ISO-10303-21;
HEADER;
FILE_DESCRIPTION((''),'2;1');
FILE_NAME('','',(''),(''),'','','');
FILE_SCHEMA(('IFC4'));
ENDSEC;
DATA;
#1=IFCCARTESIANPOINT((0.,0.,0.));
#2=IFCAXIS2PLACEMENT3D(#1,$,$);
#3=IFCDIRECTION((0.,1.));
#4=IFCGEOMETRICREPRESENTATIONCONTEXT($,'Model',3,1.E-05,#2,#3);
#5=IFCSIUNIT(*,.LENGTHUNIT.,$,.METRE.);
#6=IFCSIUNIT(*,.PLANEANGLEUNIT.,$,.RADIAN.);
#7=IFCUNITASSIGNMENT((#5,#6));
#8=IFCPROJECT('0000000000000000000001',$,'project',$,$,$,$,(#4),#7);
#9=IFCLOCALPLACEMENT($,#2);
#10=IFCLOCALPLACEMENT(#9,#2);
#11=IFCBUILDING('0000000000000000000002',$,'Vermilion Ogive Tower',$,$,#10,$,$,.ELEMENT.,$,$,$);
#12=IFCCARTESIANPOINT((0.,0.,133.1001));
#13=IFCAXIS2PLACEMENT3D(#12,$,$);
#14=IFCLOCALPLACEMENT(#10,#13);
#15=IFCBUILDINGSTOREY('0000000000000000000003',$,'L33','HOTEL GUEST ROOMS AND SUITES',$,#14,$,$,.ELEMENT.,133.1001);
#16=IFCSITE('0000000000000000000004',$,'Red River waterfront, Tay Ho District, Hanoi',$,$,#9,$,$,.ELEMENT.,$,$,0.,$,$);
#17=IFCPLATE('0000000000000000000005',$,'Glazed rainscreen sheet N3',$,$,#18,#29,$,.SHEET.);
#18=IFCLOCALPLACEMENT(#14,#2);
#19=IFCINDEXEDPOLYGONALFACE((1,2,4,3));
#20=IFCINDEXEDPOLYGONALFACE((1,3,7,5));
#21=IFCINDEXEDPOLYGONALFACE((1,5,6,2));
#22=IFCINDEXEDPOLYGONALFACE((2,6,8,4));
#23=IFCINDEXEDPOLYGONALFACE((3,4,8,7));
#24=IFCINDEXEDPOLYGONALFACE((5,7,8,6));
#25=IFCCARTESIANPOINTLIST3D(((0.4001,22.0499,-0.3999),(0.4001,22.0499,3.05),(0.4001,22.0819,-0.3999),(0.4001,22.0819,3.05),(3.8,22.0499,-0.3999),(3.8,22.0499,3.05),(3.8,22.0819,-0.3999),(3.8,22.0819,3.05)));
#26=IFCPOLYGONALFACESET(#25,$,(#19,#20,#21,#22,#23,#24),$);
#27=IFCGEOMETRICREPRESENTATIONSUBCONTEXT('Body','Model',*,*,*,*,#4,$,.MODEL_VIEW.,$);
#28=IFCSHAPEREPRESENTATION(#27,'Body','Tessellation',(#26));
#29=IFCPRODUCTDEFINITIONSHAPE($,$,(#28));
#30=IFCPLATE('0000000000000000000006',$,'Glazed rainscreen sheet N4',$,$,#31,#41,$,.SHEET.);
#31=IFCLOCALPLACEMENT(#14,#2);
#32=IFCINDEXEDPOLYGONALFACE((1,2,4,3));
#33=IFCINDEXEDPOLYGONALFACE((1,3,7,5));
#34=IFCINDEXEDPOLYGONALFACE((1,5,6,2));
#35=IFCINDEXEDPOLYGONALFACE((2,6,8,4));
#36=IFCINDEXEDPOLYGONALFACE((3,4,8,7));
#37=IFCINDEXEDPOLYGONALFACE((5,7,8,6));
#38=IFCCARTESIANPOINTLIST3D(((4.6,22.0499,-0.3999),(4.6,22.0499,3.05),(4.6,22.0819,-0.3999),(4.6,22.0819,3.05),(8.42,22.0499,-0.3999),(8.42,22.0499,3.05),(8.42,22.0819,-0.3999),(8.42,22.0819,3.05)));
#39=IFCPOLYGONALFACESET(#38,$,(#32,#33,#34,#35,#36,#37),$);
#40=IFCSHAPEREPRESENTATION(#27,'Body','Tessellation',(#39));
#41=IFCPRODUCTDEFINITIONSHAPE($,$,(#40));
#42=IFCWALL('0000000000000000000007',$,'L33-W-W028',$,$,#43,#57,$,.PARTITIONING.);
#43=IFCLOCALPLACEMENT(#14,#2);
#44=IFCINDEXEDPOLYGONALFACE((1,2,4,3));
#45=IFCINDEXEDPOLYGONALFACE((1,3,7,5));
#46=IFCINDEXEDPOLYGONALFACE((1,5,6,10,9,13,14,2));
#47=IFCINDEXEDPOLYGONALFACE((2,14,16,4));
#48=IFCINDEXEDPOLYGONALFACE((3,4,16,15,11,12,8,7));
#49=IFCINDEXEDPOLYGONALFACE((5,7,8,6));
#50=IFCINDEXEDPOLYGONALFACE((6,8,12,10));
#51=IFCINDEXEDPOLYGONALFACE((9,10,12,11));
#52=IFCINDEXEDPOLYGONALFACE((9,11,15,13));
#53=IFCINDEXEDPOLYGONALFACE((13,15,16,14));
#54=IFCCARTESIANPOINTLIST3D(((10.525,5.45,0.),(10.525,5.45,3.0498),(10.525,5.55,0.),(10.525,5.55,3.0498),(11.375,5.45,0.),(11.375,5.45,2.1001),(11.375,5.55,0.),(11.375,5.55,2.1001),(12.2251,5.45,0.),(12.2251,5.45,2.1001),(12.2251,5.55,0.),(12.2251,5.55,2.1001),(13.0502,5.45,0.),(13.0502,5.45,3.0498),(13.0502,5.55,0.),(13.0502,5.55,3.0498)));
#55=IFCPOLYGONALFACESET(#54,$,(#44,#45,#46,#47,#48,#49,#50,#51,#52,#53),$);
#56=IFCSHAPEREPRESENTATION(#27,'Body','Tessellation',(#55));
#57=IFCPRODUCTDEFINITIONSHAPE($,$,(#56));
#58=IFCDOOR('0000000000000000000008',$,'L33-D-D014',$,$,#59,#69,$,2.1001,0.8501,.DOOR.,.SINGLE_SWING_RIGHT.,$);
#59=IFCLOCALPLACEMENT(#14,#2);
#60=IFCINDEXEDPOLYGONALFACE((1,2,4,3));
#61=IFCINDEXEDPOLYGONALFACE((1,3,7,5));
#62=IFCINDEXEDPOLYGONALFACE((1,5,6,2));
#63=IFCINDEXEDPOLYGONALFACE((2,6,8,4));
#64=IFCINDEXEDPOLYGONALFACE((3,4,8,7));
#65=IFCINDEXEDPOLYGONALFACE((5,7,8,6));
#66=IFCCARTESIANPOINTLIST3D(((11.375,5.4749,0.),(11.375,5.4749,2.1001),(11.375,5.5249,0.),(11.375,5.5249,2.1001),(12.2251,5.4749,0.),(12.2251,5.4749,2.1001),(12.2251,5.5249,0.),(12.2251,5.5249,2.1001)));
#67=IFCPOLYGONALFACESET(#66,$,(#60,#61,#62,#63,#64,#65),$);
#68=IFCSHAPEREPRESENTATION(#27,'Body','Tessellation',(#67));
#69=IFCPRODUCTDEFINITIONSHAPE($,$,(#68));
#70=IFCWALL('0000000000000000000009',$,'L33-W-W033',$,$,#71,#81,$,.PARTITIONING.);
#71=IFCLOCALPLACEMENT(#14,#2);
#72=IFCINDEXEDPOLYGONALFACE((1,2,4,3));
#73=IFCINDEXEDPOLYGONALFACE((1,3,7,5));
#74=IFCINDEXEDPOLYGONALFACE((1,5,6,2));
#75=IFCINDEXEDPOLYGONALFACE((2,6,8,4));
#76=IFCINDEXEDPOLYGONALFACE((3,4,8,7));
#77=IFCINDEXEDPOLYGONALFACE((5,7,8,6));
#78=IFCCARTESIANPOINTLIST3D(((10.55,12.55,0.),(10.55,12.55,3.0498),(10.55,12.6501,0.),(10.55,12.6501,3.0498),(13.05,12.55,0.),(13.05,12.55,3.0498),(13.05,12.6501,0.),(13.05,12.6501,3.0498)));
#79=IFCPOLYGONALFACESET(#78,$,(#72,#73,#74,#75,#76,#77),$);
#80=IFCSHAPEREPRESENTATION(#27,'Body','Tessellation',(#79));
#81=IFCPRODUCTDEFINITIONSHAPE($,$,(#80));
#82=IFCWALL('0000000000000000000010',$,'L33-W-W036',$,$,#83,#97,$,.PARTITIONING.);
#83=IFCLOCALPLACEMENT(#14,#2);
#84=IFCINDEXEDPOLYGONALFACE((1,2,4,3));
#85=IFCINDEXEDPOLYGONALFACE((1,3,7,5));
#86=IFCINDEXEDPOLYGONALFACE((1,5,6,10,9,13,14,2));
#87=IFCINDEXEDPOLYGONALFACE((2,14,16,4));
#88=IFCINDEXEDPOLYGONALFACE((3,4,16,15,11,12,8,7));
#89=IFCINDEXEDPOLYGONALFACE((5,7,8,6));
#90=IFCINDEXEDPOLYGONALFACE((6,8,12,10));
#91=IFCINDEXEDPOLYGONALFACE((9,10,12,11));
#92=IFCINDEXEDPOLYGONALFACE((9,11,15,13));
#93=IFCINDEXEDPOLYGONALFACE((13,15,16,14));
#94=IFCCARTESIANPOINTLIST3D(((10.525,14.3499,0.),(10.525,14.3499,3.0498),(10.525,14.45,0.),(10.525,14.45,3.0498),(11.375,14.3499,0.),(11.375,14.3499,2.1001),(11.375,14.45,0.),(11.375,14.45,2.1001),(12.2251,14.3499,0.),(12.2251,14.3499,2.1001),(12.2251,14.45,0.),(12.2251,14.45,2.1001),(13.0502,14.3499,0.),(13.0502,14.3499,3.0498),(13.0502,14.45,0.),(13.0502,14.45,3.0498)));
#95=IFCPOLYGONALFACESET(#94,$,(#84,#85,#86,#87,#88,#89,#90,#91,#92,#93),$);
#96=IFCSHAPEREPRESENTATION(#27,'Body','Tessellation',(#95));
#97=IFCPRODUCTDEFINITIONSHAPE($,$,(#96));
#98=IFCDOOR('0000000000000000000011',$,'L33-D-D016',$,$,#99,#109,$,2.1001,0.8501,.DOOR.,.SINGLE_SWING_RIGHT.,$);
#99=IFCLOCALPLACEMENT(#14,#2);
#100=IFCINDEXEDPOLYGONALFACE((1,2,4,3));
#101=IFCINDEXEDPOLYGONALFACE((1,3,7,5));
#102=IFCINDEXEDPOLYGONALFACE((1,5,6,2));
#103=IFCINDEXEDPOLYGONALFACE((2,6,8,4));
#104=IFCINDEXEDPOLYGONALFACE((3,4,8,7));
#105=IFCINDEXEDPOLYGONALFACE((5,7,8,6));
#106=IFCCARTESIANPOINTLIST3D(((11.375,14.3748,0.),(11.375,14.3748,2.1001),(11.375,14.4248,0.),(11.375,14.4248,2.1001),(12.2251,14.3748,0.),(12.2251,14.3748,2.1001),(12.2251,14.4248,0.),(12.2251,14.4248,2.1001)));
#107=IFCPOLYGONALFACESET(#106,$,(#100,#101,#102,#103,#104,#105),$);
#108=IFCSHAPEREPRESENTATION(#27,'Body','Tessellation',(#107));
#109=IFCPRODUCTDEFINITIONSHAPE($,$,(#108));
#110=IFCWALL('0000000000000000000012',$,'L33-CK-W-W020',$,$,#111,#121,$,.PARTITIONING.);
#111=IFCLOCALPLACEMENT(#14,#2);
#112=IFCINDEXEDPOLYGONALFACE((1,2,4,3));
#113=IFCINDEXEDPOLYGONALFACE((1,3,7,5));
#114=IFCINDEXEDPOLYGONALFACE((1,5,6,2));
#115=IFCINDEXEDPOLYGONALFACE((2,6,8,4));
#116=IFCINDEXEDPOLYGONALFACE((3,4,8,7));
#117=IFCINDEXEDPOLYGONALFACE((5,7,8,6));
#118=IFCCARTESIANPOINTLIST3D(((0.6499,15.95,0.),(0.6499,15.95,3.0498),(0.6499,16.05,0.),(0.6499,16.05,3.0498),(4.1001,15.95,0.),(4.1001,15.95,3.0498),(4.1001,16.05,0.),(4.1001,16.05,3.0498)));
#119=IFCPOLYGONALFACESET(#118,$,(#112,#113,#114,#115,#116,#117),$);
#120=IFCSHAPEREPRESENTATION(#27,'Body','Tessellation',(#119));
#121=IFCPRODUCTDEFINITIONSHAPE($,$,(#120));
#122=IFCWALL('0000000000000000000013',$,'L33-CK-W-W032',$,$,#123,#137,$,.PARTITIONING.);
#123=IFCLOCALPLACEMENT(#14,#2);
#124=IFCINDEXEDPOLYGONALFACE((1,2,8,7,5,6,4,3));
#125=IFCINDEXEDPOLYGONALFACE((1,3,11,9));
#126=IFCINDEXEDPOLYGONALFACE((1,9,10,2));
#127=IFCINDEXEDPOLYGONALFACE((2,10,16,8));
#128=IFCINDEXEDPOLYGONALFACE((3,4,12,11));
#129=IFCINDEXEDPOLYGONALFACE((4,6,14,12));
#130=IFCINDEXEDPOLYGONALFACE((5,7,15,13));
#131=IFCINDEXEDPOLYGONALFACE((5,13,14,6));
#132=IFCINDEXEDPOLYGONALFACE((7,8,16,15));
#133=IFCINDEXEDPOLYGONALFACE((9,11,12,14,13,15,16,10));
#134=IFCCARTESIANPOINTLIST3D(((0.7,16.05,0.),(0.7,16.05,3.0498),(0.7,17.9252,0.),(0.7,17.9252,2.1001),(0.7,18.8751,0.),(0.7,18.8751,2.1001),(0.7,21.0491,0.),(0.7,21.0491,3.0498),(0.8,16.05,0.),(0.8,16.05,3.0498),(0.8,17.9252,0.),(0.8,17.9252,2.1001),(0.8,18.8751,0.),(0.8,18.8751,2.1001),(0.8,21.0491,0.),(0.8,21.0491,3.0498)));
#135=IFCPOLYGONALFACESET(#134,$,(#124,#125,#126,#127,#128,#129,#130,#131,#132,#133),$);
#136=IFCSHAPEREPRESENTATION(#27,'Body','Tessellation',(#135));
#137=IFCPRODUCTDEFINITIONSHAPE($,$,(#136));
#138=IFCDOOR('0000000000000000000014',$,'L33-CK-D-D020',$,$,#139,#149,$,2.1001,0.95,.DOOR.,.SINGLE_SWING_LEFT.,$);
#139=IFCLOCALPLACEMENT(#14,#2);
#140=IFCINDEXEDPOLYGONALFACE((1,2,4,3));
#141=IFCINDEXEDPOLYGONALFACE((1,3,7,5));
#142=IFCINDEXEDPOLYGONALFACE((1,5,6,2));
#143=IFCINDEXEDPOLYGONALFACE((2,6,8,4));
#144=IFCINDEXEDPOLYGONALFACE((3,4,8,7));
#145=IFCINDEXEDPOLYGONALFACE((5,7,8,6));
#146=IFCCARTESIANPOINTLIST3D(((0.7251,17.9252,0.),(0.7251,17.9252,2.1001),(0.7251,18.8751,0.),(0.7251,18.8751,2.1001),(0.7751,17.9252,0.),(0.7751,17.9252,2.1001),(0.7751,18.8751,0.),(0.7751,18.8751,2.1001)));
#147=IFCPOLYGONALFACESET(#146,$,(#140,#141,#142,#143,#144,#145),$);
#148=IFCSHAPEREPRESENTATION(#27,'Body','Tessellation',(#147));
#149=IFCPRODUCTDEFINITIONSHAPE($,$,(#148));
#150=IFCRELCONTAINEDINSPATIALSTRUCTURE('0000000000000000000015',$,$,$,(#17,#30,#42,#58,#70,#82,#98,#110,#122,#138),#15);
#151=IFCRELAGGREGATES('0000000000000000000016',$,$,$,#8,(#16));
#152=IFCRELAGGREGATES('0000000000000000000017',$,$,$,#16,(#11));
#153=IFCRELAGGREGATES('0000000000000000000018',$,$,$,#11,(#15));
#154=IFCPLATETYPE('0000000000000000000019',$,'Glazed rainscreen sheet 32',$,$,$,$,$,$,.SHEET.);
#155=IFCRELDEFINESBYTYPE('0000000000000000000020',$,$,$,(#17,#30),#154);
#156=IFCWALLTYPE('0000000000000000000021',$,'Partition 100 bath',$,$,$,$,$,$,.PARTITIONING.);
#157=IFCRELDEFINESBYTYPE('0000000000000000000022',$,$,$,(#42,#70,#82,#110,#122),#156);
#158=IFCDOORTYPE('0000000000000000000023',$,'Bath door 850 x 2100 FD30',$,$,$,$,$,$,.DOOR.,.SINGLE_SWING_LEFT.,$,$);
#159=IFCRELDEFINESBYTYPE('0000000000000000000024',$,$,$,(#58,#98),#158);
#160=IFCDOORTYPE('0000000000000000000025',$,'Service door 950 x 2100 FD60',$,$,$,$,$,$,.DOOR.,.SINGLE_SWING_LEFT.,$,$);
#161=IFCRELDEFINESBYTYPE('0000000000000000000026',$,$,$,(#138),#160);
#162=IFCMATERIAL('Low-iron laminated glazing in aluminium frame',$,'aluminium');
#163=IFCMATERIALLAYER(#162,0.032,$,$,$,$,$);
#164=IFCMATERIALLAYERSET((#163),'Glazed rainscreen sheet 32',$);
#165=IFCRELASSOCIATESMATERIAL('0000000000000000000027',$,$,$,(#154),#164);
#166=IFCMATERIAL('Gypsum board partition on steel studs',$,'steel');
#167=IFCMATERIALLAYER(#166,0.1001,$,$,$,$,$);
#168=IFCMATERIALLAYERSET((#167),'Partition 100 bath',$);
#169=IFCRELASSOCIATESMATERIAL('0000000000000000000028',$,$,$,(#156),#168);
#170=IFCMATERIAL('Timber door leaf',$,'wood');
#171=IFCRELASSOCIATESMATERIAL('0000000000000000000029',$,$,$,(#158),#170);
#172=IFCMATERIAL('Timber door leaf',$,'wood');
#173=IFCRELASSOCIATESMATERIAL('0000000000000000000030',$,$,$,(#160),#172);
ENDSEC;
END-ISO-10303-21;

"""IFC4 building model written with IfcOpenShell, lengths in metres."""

from ifc_helpers import new_model, si_unit, direction, frame, frame_2d, origin, origin_2d, place, context, subcontext, project, spatial, rectangle, extrude, material, layer, layer_set, type_object, element, fill, save


model = new_model("IFC4")

# Units and contexts
model_context = context("Model", 3, precision=1e-05, world=origin(), true_north=direction((0.0, 1.0)))
body_context = subcontext(model_context, "Body", "Model", "MODEL_VIEW")
ifc_project = project(units=[si_unit("LENGTHUNIT", "METRE"), si_unit("PLANEANGLEUNIT", "RADIAN")], contexts=[model_context])

# Site, building, storey
site_placement = place(None, origin())
site = spatial("IfcSite", under=ifc_project, at=site_placement, Name="Red River waterfront, Tay Ho District, Hanoi", CompositionType="ELEMENT", RefElevation=0.0)
building_placement = place(site_placement, origin())
building = spatial("IfcBuilding", under=site, at=building_placement, Name="Vermilion Ogive Tower", CompositionType="ELEMENT")
storey_placement = place(building_placement, frame((0.0, 0.0, 133.1001)))
storey = spatial("IfcBuildingStorey", under=building, at=storey_placement, Name="L33", Description="HOTEL GUEST ROOMS AND SUITES", CompositionType="ELEMENT", Elevation=133.1001)

# Plates
ifc_material_1 = material(Name="Low-iron laminated glazing in aluminium frame", Category="aluminium")
ifc_layer_1 = layer(ifc_material_1, 0.032)
ifc_layer_set_1 = layer_set([ifc_layer_1], Name="Glazed rainscreen sheet 32")
plate_type = type_object("IfcPlateType", Name="Glazed rainscreen sheet 32", PredefinedType="SHEET", material=ifc_layer_set_1)
plate_1_placement = place(storey_placement, frame((2.1001, 22.0659, -0.3999), z_axis=(0.0, 0.0, 1.0), x_axis=(1.0, 0.0, 0.0)))
element("IfcPlate", 1, at=plate_1_placement, inside=storey, type_object=plate_type, Name="Glazed rainscreen sheet N3", PredefinedType="SHEET", context=body_context, shape_type="SweptSolid", body=[
    extrude(rectangle(XDim=3.3999, YDim=0.032, at=origin_2d()), origin(), (0.0, 0.0, 1.0), 3.45),
])
plate_2_placement = place(storey_placement, frame((6.51, 22.0659, -0.3999), z_axis=(0.0, 0.0, 1.0), x_axis=(1.0, 0.0, 0.0)))
element("IfcPlate", 2, at=plate_2_placement, inside=storey, type_object=plate_type, Name="Glazed rainscreen sheet N4", PredefinedType="SHEET", context=body_context, shape_type="SweptSolid", body=[
    extrude(rectangle(XDim=3.8201, YDim=0.032, at=origin_2d()), origin(), (0.0, 0.0, 1.0), 3.45),
])

# Wall, opening, door
ifc_material_2 = material(Name="Gypsum board partition on steel studs", Category="steel")
ifc_layer_2 = layer(ifc_material_2, 0.1001)
ifc_layer_set_2 = layer_set([ifc_layer_2], Name="Partition 100 bath")
wall_type_1 = type_object("IfcWallType", Name="Partition 100 bath", PredefinedType="PARTITIONING", material=ifc_layer_set_2)
wall_1_placement = place(storey_placement, frame((10.5249, 5.5, 0.0), z_axis=(0.0, 0.0, 1.0), x_axis=(1.0, 0.0, 0.0)))
wall_1 = element("IfcWall", 3, at=wall_1_placement, inside=storey, type_object=wall_type_1, Name="L33-W-W028", PredefinedType="PARTITIONING", context=body_context, shape_type="SweptSolid", body=[
    extrude(rectangle(XDim=2.5251, YDim=0.1001, at=frame_2d((1.2627, 0.0))), origin(), (0.0, 0.0, 1.0), 3.0498),
])
opening_1_placement = place(wall_1_placement, frame((0.8501, 0.0, 0.0)))
opening_1 = element("IfcOpeningElement", 4, at=opening_1_placement, cuts=wall_1, PredefinedType="OPENING", context=body_context, shape_type="SweptSolid", body=[
    extrude(rectangle(XDim=0.8501, YDim=2.1001, at=frame_2d((0.425, 1.05))), frame((0.0, 0.0601, 0.0), z_axis=(0.0, -1.0, 0.0), x_axis=(1.0, 0.0, 0.0)), (0.0, 0.0, 1.0), 0.1201),
])
ifc_material_3 = material(Name="Timber door leaf", Category="wood")
door_type_1 = type_object("IfcDoorType", Name="Bath door 850 x 2100 FD30", OperationType="SINGLE_SWING_LEFT", PredefinedType="DOOR", material=ifc_material_3)
door_1_placement = place(opening_1_placement, origin())
door_1 = element("IfcDoor", 5, at=door_1_placement, inside=storey, type_object=door_type_1, Name="L33-D-D014", OperationType="SINGLE_SWING_RIGHT", OverallHeight=2.1001, OverallWidth=0.8501, PredefinedType="DOOR", context=body_context, shape_type="SweptSolid", body=[
    extrude(rectangle(XDim=0.8501, YDim=2.1001, at=frame_2d((0.425, 1.05))), frame((0.0, 0.0249, 0.0), z_axis=(0.0, -1.0, 0.0), x_axis=(1.0, 0.0, 0.0)), (0.0, 0.0, 1.0), 0.05),
])
fill(opening_1, door_1)

# Wall
wall_2_placement = place(storey_placement, frame((10.55, 12.6001, 0.0), z_axis=(0.0, 0.0, 1.0), x_axis=(1.0, 0.0, 0.0)))
element("IfcWall", 6, at=wall_2_placement, inside=storey, type_object=wall_type_1, Name="L33-W-W033", PredefinedType="PARTITIONING", context=body_context, shape_type="SweptSolid", body=[
    extrude(rectangle(XDim=2.5, YDim=0.1001, at=frame_2d((1.25, 0.0))), origin(), (0.0, 0.0, 1.0), 3.0498),
])

# Wall, opening, door
wall_3_placement = place(storey_placement, frame((10.5249, 14.3999, 0.0), z_axis=(0.0, 0.0, 1.0), x_axis=(1.0, 0.0, 0.0)))
wall_3 = element("IfcWall", 7, at=wall_3_placement, inside=storey, type_object=wall_type_1, Name="L33-W-W036", PredefinedType="PARTITIONING", context=body_context, shape_type="SweptSolid", body=[
    extrude(rectangle(XDim=2.5251, YDim=0.1001, at=frame_2d((1.2627, 0.0))), origin(), (0.0, 0.0, 1.0), 3.0498),
])
opening_2_placement = place(wall_3_placement, frame((0.8501, 0.0, 0.0)))
opening_2 = element("IfcOpeningElement", 8, at=opening_2_placement, cuts=wall_3, PredefinedType="OPENING", context=body_context, shape_type="SweptSolid", body=[
    extrude(rectangle(XDim=0.8501, YDim=2.1001, at=frame_2d((0.425, 1.05))), frame((0.0, 0.0601, 0.0), z_axis=(0.0, -1.0, 0.0), x_axis=(1.0, 0.0, 0.0)), (0.0, 0.0, 1.0), 0.1201),
])
door_2_placement = place(opening_2_placement, origin())
door_2 = element("IfcDoor", 9, at=door_2_placement, inside=storey, type_object=door_type_1, Name="L33-D-D016", OperationType="SINGLE_SWING_RIGHT", OverallHeight=2.1001, OverallWidth=0.8501, PredefinedType="DOOR", context=body_context, shape_type="SweptSolid", body=[
    extrude(rectangle(XDim=0.8501, YDim=2.1001, at=frame_2d((0.425, 1.05))), frame((0.0, 0.0249, 0.0), z_axis=(0.0, -1.0, 0.0), x_axis=(1.0, 0.0, 0.0)), (0.0, 0.0, 1.0), 0.05),
])
fill(opening_2, door_2)

# Wall
wall_4_placement = place(storey_placement, frame((0.6499, 16.0, 0.0), z_axis=(0.0, 0.0, 1.0), x_axis=(1.0, 0.0, 0.0)))
element("IfcWall", 10, at=wall_4_placement, inside=storey, type_object=wall_type_1, Name="L33-CK-W-W020", PredefinedType="PARTITIONING", context=body_context, shape_type="SweptSolid", body=[
    extrude(rectangle(XDim=3.4502, YDim=0.1001, at=frame_2d((1.7251, 0.0))), origin(), (0.0, 0.0, 1.0), 3.0498),
])

# Wall, opening, door
wall_5_placement = place(storey_placement, frame((0.75, 16.05, 0.0), z_axis=(0.0, 0.0, 1.0), x_axis=(0.0, 1.0, 0.0)))
wall_5 = element("IfcWall", 11, at=wall_5_placement, inside=storey, type_object=wall_type_1, Name="L33-CK-W-W032", PredefinedType="PARTITIONING", context=body_context, shape_type="SweptSolid", body=[
    extrude(rectangle(XDim=4.999, YDim=0.1001, at=frame_2d((2.4995, 0.0))), origin(), (0.0, 0.0, 1.0), 3.0498),
])
opening_3_placement = place(wall_5_placement, frame((1.875, 0.0, 0.0)))
opening_3 = element("IfcOpeningElement", 12, at=opening_3_placement, cuts=wall_5, PredefinedType="OPENING", context=body_context, shape_type="SweptSolid", body=[
    extrude(rectangle(XDim=0.95, YDim=2.1001, at=frame_2d((0.4751, 1.05))), frame((0.0, 0.0601, 0.0), z_axis=(0.0, -1.0, 0.0), x_axis=(1.0, 0.0, 0.0)), (0.0, 0.0, 1.0), 0.1201),
])
ifc_material_4 = material(Name="Timber door leaf", Category="wood")
door_type_2 = type_object("IfcDoorType", Name="Service door 950 x 2100 FD60", OperationType="SINGLE_SWING_LEFT", PredefinedType="DOOR", material=ifc_material_4)
door_3_placement = place(opening_3_placement, origin())
door_3 = element("IfcDoor", 13, at=door_3_placement, inside=storey, type_object=door_type_2, Name="L33-CK-D-D020", OperationType="SINGLE_SWING_LEFT", OverallHeight=2.1001, OverallWidth=0.95, PredefinedType="DOOR", context=body_context, shape_type="SweptSolid", body=[
    extrude(rectangle(XDim=0.95, YDim=2.1001, at=frame_2d((0.4751, 1.05))), frame((0.0, 0.0249, 0.0), z_axis=(0.0, -1.0, 0.0), x_axis=(1.0, 0.0, 0.0)), (0.0, 0.0, 1.0), 0.05),
])
fill(opening_3, door_3)

save(model, "model.ifc")
